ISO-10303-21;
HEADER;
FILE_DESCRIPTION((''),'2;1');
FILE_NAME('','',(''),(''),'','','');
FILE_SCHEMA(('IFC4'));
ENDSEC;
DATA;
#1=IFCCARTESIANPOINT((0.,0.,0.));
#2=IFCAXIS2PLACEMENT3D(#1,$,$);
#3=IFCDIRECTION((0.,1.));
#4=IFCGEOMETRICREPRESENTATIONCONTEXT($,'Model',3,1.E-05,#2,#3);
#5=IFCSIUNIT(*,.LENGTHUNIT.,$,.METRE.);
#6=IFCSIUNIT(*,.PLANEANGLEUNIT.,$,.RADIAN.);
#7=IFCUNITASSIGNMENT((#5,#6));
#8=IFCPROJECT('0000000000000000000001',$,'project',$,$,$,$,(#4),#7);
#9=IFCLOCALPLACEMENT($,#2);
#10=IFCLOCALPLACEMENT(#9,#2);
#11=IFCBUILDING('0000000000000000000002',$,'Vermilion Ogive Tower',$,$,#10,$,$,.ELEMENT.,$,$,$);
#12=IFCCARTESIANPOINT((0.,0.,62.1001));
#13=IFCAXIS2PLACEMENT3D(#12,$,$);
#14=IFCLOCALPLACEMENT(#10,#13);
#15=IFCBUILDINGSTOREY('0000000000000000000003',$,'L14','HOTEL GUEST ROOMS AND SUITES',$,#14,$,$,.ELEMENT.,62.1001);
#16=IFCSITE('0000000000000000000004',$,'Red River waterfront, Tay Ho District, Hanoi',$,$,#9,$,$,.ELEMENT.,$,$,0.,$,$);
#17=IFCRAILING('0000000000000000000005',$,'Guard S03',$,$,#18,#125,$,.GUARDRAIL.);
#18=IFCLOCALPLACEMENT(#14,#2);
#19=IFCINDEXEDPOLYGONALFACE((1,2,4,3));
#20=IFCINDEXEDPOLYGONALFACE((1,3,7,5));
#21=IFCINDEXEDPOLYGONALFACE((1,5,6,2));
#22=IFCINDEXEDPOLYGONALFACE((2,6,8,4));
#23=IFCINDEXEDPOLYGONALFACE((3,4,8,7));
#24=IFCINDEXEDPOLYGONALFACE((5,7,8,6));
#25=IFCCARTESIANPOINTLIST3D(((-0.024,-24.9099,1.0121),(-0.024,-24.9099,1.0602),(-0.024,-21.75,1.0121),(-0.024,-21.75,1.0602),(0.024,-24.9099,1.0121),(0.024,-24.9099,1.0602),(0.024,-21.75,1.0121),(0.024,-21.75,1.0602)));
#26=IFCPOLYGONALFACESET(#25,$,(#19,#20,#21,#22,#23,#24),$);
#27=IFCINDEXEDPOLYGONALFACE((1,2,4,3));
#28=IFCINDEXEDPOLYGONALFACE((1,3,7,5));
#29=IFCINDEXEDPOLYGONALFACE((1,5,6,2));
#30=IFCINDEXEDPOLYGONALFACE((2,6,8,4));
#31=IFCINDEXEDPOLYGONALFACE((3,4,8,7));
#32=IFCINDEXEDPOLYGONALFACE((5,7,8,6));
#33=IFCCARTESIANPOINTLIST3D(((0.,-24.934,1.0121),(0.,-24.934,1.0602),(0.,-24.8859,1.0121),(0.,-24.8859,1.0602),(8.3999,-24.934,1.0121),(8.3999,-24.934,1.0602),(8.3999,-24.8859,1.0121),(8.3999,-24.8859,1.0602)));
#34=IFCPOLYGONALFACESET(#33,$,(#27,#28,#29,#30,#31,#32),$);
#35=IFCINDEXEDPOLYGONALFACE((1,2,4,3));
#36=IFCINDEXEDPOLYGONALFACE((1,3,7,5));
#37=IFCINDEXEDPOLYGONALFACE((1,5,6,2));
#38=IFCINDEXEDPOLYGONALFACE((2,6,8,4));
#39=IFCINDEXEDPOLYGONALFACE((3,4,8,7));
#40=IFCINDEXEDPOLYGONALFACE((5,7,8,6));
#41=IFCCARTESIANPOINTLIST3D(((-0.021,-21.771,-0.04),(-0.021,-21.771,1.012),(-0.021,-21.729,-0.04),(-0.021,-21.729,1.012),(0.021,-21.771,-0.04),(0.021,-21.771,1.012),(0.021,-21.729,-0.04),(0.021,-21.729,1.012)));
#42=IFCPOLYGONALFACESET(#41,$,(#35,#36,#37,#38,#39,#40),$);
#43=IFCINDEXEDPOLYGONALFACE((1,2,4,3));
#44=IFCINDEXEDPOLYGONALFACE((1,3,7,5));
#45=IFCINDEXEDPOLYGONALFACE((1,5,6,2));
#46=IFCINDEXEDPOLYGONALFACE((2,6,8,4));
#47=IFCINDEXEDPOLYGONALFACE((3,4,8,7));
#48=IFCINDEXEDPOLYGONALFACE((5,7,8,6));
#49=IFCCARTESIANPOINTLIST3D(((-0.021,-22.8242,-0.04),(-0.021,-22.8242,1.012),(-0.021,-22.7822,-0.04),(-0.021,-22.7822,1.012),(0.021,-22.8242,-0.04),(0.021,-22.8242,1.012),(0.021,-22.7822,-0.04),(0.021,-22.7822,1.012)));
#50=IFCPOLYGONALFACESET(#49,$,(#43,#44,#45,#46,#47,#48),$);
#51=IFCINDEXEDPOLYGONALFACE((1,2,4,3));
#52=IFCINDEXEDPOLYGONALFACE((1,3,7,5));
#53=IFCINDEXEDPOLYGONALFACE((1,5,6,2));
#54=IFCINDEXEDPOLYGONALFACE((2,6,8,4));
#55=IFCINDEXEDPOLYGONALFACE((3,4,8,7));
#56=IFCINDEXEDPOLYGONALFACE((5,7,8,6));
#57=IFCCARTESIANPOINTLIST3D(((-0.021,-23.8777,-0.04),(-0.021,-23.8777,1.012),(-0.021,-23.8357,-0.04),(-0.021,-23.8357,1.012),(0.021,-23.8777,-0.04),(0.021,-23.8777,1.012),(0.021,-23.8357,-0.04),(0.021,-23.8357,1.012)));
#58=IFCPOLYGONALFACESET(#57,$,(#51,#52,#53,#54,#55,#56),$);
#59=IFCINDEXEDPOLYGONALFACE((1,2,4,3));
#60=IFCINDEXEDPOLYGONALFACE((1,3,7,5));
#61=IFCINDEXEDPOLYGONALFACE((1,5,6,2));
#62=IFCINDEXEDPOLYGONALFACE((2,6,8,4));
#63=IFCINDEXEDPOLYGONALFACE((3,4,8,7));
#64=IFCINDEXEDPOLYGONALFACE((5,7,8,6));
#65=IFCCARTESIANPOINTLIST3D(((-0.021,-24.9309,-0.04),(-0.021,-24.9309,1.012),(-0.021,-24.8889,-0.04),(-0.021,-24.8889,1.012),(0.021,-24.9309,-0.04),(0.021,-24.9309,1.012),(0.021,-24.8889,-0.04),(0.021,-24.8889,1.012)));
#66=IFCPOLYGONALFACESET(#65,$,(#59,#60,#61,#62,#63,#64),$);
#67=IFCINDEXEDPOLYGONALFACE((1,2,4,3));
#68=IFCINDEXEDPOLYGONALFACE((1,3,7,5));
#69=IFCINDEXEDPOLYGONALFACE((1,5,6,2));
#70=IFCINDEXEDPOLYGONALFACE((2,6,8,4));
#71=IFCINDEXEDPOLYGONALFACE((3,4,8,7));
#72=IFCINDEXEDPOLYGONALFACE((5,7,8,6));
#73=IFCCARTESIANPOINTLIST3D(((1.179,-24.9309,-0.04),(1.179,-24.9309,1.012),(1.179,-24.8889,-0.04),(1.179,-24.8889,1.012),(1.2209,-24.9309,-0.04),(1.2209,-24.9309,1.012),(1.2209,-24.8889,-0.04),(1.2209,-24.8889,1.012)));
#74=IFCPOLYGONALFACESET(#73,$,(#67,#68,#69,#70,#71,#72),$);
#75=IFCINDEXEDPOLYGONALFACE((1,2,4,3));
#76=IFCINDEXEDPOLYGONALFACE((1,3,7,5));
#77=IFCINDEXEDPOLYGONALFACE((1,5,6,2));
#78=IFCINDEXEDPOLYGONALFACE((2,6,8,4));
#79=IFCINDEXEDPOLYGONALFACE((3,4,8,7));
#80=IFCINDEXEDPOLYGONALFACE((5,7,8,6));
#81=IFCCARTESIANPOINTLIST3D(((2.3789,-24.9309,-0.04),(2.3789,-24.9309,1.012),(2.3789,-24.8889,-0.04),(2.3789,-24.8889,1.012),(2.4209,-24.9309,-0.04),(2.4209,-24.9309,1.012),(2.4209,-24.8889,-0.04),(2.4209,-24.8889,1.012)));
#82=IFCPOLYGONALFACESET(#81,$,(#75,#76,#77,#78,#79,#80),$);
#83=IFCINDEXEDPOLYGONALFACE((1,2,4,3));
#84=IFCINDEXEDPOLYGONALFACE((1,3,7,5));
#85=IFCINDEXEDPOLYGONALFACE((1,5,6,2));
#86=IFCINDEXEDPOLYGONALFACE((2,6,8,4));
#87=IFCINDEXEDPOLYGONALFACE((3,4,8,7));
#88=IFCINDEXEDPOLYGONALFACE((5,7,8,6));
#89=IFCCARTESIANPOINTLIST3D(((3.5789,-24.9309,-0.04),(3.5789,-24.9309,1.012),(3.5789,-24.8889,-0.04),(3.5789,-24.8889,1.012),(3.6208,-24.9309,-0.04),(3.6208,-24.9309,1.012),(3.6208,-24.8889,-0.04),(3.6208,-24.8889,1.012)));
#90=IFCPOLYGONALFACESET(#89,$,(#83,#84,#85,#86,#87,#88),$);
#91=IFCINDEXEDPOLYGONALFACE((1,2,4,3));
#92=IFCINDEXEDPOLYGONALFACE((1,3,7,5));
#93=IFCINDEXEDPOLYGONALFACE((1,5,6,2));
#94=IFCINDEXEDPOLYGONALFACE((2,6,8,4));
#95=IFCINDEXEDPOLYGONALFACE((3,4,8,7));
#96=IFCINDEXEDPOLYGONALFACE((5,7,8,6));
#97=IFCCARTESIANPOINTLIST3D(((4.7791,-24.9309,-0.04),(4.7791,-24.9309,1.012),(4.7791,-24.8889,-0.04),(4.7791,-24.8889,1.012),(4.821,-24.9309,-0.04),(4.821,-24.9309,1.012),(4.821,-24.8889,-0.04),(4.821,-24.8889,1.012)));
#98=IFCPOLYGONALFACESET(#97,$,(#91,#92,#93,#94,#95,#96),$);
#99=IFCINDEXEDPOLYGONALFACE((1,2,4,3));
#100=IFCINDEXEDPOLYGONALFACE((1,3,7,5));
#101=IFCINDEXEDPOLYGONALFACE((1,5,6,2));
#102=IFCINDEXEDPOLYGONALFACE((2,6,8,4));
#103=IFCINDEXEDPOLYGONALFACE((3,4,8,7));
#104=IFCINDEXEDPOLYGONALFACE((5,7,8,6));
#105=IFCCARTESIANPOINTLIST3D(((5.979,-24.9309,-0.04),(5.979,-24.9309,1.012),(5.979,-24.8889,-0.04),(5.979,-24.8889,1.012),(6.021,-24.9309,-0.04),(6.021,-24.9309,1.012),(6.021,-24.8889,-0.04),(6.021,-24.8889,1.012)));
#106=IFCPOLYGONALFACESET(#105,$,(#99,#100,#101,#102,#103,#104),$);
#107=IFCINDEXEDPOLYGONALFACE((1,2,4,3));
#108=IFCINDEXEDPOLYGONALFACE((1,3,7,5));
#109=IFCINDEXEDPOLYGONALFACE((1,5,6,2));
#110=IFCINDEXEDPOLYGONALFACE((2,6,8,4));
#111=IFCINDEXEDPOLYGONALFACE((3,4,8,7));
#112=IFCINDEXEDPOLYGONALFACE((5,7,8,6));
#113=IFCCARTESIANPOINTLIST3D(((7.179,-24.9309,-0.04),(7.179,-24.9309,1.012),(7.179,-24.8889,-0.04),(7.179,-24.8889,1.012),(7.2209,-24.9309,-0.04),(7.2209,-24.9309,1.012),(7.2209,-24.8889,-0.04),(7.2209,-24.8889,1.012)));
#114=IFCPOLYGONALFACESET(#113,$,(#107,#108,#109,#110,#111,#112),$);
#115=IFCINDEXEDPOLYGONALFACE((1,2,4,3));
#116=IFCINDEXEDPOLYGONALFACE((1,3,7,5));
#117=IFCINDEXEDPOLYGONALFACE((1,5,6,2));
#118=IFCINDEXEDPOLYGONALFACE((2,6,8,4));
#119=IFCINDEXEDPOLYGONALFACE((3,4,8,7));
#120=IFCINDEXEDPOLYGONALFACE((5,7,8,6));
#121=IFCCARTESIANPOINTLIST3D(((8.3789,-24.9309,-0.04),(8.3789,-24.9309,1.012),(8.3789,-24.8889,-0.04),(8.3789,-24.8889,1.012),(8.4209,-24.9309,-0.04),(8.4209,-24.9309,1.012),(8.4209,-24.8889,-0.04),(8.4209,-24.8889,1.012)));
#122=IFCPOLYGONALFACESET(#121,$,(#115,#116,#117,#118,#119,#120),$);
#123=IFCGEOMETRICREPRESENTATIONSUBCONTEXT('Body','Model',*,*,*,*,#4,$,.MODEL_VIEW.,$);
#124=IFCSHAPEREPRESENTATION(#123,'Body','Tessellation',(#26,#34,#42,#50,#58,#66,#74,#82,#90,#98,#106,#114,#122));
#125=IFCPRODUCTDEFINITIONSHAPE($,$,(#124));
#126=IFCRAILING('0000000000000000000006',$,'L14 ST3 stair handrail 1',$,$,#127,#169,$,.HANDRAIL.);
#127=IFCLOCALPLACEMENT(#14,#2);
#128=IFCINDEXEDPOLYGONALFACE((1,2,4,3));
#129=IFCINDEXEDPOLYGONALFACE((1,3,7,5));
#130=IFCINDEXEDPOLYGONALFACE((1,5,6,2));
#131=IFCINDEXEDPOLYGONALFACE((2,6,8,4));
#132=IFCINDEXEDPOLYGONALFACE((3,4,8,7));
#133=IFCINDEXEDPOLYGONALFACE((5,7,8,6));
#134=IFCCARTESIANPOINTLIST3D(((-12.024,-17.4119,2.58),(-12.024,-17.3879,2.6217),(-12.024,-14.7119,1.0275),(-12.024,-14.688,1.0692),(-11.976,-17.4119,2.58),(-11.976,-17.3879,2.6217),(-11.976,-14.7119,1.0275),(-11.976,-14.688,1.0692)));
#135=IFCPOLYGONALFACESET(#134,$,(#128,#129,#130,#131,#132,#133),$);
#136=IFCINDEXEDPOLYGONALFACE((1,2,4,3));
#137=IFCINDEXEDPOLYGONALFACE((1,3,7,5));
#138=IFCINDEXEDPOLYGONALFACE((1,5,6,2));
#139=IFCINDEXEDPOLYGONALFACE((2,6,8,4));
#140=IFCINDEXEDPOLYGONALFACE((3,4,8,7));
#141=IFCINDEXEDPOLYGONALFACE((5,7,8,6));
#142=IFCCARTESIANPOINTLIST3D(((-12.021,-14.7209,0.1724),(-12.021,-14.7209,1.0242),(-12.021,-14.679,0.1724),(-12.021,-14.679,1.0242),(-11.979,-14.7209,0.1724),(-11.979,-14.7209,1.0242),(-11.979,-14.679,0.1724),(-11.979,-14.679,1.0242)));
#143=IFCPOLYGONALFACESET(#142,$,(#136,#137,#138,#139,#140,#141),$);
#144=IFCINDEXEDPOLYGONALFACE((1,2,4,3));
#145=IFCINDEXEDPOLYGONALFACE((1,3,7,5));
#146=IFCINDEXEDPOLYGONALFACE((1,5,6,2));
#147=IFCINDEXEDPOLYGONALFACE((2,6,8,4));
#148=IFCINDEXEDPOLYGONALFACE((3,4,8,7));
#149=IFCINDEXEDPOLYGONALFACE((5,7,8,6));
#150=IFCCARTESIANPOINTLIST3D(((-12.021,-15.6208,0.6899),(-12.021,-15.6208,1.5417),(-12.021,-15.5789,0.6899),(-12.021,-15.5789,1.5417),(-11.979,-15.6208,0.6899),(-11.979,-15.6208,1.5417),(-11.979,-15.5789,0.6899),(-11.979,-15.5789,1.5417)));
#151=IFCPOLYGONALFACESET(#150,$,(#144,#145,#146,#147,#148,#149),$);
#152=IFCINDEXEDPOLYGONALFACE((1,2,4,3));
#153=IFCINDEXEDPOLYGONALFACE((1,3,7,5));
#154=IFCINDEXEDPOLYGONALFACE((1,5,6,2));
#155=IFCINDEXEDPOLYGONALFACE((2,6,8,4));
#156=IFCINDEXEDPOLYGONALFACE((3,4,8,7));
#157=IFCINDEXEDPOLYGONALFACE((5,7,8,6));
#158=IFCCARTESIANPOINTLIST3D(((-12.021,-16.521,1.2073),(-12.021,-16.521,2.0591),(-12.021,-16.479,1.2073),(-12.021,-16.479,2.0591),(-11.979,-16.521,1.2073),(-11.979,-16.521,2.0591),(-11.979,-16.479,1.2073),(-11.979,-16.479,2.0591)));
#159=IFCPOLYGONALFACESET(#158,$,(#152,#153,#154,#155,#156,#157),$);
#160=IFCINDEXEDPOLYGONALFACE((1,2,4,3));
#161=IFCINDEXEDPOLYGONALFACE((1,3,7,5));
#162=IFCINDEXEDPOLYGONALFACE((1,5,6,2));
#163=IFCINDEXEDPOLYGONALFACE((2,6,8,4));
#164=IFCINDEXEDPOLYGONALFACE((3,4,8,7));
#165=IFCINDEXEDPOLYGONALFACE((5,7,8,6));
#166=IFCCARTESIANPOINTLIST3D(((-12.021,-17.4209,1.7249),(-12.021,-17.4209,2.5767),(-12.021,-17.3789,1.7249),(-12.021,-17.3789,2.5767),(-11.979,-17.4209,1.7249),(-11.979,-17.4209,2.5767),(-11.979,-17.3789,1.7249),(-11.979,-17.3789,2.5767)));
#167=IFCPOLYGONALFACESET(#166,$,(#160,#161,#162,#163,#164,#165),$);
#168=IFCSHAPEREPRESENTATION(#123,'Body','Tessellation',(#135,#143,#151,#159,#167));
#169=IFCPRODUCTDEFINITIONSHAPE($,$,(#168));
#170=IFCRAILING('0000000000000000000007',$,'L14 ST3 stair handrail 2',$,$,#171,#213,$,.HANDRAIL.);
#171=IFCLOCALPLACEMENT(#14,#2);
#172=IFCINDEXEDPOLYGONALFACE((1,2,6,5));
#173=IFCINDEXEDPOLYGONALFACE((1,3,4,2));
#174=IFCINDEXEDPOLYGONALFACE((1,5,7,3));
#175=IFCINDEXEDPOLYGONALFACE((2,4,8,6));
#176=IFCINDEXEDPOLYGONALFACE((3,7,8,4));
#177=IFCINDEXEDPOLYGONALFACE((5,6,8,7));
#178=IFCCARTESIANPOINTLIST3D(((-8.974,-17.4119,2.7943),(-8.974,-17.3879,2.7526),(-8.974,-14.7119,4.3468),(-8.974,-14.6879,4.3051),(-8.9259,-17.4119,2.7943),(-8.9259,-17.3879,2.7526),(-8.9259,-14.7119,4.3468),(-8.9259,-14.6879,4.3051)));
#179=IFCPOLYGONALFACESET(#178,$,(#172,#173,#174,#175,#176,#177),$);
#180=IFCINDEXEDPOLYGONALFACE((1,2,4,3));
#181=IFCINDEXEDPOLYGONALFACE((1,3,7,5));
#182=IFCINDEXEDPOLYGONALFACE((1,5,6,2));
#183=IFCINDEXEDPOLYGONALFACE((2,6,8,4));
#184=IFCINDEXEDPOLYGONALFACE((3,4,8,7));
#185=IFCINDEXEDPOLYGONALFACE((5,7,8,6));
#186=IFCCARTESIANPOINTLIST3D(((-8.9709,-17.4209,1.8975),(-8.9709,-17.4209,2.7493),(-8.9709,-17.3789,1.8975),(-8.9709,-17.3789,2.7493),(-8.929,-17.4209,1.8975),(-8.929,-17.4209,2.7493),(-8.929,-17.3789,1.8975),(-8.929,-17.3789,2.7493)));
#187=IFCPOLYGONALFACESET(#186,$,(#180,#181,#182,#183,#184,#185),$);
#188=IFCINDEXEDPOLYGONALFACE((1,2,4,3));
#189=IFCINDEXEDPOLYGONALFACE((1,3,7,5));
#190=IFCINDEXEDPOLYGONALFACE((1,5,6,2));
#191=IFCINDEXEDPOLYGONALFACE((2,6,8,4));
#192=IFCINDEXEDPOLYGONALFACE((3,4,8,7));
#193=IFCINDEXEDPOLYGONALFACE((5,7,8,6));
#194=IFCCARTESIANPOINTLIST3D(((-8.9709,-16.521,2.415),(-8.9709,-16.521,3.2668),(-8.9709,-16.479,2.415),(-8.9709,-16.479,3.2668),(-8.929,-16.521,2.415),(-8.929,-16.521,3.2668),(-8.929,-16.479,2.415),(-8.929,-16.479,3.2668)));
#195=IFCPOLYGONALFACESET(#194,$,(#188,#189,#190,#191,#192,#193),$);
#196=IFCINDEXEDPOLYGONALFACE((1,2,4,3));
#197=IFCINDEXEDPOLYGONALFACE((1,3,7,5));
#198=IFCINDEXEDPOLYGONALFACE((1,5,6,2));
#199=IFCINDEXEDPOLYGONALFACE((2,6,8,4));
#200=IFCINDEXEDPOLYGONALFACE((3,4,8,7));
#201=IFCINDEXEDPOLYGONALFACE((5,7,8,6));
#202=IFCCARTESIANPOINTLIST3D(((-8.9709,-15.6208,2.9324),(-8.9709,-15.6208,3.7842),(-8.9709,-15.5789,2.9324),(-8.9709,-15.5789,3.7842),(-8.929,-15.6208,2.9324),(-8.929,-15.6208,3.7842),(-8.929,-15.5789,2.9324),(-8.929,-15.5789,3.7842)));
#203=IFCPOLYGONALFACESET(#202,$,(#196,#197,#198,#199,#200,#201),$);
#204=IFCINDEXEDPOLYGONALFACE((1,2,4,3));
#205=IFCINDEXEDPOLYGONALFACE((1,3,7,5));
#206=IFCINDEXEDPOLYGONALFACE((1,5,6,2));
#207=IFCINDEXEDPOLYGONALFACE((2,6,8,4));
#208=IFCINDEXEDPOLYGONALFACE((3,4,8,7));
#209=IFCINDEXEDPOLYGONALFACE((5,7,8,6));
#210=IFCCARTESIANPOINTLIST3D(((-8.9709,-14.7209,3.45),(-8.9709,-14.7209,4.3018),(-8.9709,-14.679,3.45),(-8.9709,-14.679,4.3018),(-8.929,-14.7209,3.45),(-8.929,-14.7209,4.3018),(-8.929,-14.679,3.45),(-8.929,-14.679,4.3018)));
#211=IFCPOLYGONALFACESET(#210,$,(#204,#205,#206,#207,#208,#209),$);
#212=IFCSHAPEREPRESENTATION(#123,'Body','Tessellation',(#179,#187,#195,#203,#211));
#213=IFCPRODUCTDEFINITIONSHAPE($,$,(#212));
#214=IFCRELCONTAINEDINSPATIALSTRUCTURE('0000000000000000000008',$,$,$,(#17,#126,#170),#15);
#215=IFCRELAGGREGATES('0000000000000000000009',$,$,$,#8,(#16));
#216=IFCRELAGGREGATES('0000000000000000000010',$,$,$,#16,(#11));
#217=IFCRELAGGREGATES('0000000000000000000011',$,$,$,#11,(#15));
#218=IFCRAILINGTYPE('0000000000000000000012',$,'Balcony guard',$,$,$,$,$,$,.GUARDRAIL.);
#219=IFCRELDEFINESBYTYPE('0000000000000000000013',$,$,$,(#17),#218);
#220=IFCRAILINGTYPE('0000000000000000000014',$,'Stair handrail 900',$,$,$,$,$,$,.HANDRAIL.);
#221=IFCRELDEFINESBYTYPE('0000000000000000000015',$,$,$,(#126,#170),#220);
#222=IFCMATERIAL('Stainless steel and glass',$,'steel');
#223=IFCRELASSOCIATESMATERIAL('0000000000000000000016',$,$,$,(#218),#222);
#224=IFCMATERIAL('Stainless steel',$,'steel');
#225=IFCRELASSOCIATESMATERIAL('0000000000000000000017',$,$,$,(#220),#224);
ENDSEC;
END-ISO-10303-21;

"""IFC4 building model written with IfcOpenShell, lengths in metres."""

from ifc_helpers import new_model, si_unit, direction, frame, origin, origin_2d, place, context, subcontext, project, spatial, rectangle, extrude, material, type_object, element, save


model = new_model("IFC4")

# Units and contexts
model_context = context("Model", 3, precision=1e-05, world=origin(), true_north=direction((0.0, 1.0)))
body_context = subcontext(model_context, "Body", "Model", "MODEL_VIEW")
ifc_project = project(units=[si_unit("LENGTHUNIT", "METRE"), si_unit("PLANEANGLEUNIT", "RADIAN")], contexts=[model_context])

# Site, building, storey
site_placement = place(None, origin())
site = spatial("IfcSite", under=ifc_project, at=site_placement, Name="Red River waterfront, Tay Ho District, Hanoi", CompositionType="ELEMENT", RefElevation=0.0)
building_placement = place(site_placement, origin())
building = spatial("IfcBuilding", under=site, at=building_placement, Name="Vermilion Ogive Tower", CompositionType="ELEMENT")
storey_placement = place(building_placement, frame((0.0, 0.0, 62.1001)))
storey = spatial("IfcBuildingStorey", under=building, at=storey_placement, Name="L14", Description="HOTEL GUEST ROOMS AND SUITES", CompositionType="ELEMENT", Elevation=62.1001)

# Railings
ifc_material_1 = material(Name="Stainless steel and glass", Category="steel")
railing_type_1 = type_object("IfcRailingType", Name="Balcony guard", PredefinedType="GUARDRAIL", material=ifc_material_1)
railing_1_placement = place(storey_placement, frame((0.0, -21.75, -0.04)))
element("IfcRailing", 1, at=railing_1_placement, inside=storey, type_object=railing_type_1, Name="Guard S03", PredefinedType="GUARDRAIL", context=body_context, shape_type="SweptSolid", body=[
    extrude(rectangle(XDim=0.0481, YDim=0.0481, at=origin_2d()), frame((0.0, 0.0, 1.0762), z_axis=(0.0, -1.0, 0.0), x_axis=(1.0, 0.0, 0.0)), (0.0, 0.0, 1.0), 3.1599),
    extrude(rectangle(XDim=0.0481, YDim=0.0481, at=origin_2d()), frame((0.0, -3.1599, 1.0762), z_axis=(1.0, 0.0, 0.0), x_axis=(0.0, 1.0, 0.0)), (0.0, 0.0, 1.0), 8.3999),
    extrude(rectangle(XDim=0.042, YDim=0.042, at=origin_2d()), origin(), (0.0, 0.0, 1.0), 1.052),
    extrude(rectangle(XDim=0.042, YDim=0.042, at=origin_2d()), frame((0.0, -1.0532, 0.0)), (0.0, 0.0, 1.0), 1.052),
    extrude(rectangle(XDim=0.042, YDim=0.042, at=origin_2d()), frame((0.0, -2.1067, 0.0)), (0.0, 0.0, 1.0), 1.052),
    extrude(rectangle(XDim=0.042, YDim=0.042, at=origin_2d()), frame((0.0, -3.1599, 0.0)), (0.0, 0.0, 1.0), 1.052),
    extrude(rectangle(XDim=0.042, YDim=0.042, at=origin_2d()), frame((1.2, -3.1599, 0.0)), (0.0, 0.0, 1.0), 1.052),
    extrude(rectangle(XDim=0.042, YDim=0.042, at=origin_2d()), frame((2.3999, -3.1599, 0.0)), (0.0, 0.0, 1.0), 1.052),
    extrude(rectangle(XDim=0.042, YDim=0.042, at=origin_2d()), frame((3.5999, -3.1599, 0.0)), (0.0, 0.0, 1.0), 1.052),
    extrude(rectangle(XDim=0.042, YDim=0.042, at=origin_2d()), frame((4.8, -3.1599, 0.0)), (0.0, 0.0, 1.0), 1.052),
    extrude(rectangle(XDim=0.042, YDim=0.042, at=origin_2d()), frame((6.0, -3.1599, 0.0)), (0.0, 0.0, 1.0), 1.052),
    extrude(rectangle(XDim=0.042, YDim=0.042, at=origin_2d()), frame((7.2, -3.1599, 0.0)), (0.0, 0.0, 1.0), 1.052),
    extrude(rectangle(XDim=0.042, YDim=0.042, at=origin_2d()), frame((8.3999, -3.1599, 0.0)), (0.0, 0.0, 1.0), 1.052),
])
ifc_material_2 = material(Name="Stainless steel", Category="steel")
railing_type_2 = type_object("IfcRailingType", Name="Stair handrail 900", PredefinedType="HANDRAIL", material=ifc_material_2)
railing_2_placement = place(storey_placement, frame((-12.0, -14.7, 0.1724)))
element("IfcRailing", 2, at=railing_2_placement, inside=storey, type_object=railing_type_2, Name="L14 ST3 stair handrail 1", PredefinedType="HANDRAIL", context=body_context, shape_type="SweptSolid", body=[
    extrude(rectangle(XDim=0.0481, YDim=0.0481, at=origin_2d()), frame((0.0, 0.0, 0.876), z_axis=(0.0, -0.866904, 0.498476), x_axis=(1.0, 0.0, 0.0)), (0.0, 0.0, 1.0), 3.1145),
    extrude(rectangle(XDim=0.042, YDim=0.042, at=origin_2d()), origin(), (0.0, 0.0, 1.0), 0.8518),
    extrude(rectangle(XDim=0.042, YDim=0.042, at=origin_2d()), frame((0.0, -0.8999, 0.5176)), (0.0, 0.0, 1.0), 0.8518),
    extrude(rectangle(XDim=0.042, YDim=0.042, at=origin_2d()), frame((0.0, -1.8, 1.0349)), (0.0, 0.0, 1.0), 0.8518),
    extrude(rectangle(XDim=0.042, YDim=0.042, at=origin_2d()), frame((0.0, -2.7, 1.5525)), (0.0, 0.0, 1.0), 0.8518),
])
railing_3_placement = place(storey_placement, frame((-8.95, -17.3999, 1.8975)))
element("IfcRailing", 3, at=railing_3_placement, inside=storey, type_object=railing_type_2, Name="L14 ST3 stair handrail 2", PredefinedType="HANDRAIL", context=body_context, shape_type="SweptSolid", body=[
    extrude(rectangle(XDim=0.0481, YDim=0.0481, at=origin_2d()), frame((0.0, 0.0, 0.876), z_axis=(0.0, 0.866904, 0.498476), x_axis=(-1.0, 0.0, 0.0)), (0.0, 0.0, 1.0), 3.1145),
    extrude(rectangle(XDim=0.042, YDim=0.042, at=origin_2d()), origin(), (0.0, 0.0, 1.0), 0.8518),
    extrude(rectangle(XDim=0.042, YDim=0.042, at=origin_2d()), frame((0.0, 0.8999, 0.5176)), (0.0, 0.0, 1.0), 0.8518),
    extrude(rectangle(XDim=0.042, YDim=0.042, at=origin_2d()), frame((0.0, 1.8, 1.0349)), (0.0, 0.0, 1.0), 0.8518),
    extrude(rectangle(XDim=0.042, YDim=0.042, at=origin_2d()), frame((0.0, 2.7, 1.5525)), (0.0, 0.0, 1.0), 0.8518),
])

save(model, "model.ifc")
